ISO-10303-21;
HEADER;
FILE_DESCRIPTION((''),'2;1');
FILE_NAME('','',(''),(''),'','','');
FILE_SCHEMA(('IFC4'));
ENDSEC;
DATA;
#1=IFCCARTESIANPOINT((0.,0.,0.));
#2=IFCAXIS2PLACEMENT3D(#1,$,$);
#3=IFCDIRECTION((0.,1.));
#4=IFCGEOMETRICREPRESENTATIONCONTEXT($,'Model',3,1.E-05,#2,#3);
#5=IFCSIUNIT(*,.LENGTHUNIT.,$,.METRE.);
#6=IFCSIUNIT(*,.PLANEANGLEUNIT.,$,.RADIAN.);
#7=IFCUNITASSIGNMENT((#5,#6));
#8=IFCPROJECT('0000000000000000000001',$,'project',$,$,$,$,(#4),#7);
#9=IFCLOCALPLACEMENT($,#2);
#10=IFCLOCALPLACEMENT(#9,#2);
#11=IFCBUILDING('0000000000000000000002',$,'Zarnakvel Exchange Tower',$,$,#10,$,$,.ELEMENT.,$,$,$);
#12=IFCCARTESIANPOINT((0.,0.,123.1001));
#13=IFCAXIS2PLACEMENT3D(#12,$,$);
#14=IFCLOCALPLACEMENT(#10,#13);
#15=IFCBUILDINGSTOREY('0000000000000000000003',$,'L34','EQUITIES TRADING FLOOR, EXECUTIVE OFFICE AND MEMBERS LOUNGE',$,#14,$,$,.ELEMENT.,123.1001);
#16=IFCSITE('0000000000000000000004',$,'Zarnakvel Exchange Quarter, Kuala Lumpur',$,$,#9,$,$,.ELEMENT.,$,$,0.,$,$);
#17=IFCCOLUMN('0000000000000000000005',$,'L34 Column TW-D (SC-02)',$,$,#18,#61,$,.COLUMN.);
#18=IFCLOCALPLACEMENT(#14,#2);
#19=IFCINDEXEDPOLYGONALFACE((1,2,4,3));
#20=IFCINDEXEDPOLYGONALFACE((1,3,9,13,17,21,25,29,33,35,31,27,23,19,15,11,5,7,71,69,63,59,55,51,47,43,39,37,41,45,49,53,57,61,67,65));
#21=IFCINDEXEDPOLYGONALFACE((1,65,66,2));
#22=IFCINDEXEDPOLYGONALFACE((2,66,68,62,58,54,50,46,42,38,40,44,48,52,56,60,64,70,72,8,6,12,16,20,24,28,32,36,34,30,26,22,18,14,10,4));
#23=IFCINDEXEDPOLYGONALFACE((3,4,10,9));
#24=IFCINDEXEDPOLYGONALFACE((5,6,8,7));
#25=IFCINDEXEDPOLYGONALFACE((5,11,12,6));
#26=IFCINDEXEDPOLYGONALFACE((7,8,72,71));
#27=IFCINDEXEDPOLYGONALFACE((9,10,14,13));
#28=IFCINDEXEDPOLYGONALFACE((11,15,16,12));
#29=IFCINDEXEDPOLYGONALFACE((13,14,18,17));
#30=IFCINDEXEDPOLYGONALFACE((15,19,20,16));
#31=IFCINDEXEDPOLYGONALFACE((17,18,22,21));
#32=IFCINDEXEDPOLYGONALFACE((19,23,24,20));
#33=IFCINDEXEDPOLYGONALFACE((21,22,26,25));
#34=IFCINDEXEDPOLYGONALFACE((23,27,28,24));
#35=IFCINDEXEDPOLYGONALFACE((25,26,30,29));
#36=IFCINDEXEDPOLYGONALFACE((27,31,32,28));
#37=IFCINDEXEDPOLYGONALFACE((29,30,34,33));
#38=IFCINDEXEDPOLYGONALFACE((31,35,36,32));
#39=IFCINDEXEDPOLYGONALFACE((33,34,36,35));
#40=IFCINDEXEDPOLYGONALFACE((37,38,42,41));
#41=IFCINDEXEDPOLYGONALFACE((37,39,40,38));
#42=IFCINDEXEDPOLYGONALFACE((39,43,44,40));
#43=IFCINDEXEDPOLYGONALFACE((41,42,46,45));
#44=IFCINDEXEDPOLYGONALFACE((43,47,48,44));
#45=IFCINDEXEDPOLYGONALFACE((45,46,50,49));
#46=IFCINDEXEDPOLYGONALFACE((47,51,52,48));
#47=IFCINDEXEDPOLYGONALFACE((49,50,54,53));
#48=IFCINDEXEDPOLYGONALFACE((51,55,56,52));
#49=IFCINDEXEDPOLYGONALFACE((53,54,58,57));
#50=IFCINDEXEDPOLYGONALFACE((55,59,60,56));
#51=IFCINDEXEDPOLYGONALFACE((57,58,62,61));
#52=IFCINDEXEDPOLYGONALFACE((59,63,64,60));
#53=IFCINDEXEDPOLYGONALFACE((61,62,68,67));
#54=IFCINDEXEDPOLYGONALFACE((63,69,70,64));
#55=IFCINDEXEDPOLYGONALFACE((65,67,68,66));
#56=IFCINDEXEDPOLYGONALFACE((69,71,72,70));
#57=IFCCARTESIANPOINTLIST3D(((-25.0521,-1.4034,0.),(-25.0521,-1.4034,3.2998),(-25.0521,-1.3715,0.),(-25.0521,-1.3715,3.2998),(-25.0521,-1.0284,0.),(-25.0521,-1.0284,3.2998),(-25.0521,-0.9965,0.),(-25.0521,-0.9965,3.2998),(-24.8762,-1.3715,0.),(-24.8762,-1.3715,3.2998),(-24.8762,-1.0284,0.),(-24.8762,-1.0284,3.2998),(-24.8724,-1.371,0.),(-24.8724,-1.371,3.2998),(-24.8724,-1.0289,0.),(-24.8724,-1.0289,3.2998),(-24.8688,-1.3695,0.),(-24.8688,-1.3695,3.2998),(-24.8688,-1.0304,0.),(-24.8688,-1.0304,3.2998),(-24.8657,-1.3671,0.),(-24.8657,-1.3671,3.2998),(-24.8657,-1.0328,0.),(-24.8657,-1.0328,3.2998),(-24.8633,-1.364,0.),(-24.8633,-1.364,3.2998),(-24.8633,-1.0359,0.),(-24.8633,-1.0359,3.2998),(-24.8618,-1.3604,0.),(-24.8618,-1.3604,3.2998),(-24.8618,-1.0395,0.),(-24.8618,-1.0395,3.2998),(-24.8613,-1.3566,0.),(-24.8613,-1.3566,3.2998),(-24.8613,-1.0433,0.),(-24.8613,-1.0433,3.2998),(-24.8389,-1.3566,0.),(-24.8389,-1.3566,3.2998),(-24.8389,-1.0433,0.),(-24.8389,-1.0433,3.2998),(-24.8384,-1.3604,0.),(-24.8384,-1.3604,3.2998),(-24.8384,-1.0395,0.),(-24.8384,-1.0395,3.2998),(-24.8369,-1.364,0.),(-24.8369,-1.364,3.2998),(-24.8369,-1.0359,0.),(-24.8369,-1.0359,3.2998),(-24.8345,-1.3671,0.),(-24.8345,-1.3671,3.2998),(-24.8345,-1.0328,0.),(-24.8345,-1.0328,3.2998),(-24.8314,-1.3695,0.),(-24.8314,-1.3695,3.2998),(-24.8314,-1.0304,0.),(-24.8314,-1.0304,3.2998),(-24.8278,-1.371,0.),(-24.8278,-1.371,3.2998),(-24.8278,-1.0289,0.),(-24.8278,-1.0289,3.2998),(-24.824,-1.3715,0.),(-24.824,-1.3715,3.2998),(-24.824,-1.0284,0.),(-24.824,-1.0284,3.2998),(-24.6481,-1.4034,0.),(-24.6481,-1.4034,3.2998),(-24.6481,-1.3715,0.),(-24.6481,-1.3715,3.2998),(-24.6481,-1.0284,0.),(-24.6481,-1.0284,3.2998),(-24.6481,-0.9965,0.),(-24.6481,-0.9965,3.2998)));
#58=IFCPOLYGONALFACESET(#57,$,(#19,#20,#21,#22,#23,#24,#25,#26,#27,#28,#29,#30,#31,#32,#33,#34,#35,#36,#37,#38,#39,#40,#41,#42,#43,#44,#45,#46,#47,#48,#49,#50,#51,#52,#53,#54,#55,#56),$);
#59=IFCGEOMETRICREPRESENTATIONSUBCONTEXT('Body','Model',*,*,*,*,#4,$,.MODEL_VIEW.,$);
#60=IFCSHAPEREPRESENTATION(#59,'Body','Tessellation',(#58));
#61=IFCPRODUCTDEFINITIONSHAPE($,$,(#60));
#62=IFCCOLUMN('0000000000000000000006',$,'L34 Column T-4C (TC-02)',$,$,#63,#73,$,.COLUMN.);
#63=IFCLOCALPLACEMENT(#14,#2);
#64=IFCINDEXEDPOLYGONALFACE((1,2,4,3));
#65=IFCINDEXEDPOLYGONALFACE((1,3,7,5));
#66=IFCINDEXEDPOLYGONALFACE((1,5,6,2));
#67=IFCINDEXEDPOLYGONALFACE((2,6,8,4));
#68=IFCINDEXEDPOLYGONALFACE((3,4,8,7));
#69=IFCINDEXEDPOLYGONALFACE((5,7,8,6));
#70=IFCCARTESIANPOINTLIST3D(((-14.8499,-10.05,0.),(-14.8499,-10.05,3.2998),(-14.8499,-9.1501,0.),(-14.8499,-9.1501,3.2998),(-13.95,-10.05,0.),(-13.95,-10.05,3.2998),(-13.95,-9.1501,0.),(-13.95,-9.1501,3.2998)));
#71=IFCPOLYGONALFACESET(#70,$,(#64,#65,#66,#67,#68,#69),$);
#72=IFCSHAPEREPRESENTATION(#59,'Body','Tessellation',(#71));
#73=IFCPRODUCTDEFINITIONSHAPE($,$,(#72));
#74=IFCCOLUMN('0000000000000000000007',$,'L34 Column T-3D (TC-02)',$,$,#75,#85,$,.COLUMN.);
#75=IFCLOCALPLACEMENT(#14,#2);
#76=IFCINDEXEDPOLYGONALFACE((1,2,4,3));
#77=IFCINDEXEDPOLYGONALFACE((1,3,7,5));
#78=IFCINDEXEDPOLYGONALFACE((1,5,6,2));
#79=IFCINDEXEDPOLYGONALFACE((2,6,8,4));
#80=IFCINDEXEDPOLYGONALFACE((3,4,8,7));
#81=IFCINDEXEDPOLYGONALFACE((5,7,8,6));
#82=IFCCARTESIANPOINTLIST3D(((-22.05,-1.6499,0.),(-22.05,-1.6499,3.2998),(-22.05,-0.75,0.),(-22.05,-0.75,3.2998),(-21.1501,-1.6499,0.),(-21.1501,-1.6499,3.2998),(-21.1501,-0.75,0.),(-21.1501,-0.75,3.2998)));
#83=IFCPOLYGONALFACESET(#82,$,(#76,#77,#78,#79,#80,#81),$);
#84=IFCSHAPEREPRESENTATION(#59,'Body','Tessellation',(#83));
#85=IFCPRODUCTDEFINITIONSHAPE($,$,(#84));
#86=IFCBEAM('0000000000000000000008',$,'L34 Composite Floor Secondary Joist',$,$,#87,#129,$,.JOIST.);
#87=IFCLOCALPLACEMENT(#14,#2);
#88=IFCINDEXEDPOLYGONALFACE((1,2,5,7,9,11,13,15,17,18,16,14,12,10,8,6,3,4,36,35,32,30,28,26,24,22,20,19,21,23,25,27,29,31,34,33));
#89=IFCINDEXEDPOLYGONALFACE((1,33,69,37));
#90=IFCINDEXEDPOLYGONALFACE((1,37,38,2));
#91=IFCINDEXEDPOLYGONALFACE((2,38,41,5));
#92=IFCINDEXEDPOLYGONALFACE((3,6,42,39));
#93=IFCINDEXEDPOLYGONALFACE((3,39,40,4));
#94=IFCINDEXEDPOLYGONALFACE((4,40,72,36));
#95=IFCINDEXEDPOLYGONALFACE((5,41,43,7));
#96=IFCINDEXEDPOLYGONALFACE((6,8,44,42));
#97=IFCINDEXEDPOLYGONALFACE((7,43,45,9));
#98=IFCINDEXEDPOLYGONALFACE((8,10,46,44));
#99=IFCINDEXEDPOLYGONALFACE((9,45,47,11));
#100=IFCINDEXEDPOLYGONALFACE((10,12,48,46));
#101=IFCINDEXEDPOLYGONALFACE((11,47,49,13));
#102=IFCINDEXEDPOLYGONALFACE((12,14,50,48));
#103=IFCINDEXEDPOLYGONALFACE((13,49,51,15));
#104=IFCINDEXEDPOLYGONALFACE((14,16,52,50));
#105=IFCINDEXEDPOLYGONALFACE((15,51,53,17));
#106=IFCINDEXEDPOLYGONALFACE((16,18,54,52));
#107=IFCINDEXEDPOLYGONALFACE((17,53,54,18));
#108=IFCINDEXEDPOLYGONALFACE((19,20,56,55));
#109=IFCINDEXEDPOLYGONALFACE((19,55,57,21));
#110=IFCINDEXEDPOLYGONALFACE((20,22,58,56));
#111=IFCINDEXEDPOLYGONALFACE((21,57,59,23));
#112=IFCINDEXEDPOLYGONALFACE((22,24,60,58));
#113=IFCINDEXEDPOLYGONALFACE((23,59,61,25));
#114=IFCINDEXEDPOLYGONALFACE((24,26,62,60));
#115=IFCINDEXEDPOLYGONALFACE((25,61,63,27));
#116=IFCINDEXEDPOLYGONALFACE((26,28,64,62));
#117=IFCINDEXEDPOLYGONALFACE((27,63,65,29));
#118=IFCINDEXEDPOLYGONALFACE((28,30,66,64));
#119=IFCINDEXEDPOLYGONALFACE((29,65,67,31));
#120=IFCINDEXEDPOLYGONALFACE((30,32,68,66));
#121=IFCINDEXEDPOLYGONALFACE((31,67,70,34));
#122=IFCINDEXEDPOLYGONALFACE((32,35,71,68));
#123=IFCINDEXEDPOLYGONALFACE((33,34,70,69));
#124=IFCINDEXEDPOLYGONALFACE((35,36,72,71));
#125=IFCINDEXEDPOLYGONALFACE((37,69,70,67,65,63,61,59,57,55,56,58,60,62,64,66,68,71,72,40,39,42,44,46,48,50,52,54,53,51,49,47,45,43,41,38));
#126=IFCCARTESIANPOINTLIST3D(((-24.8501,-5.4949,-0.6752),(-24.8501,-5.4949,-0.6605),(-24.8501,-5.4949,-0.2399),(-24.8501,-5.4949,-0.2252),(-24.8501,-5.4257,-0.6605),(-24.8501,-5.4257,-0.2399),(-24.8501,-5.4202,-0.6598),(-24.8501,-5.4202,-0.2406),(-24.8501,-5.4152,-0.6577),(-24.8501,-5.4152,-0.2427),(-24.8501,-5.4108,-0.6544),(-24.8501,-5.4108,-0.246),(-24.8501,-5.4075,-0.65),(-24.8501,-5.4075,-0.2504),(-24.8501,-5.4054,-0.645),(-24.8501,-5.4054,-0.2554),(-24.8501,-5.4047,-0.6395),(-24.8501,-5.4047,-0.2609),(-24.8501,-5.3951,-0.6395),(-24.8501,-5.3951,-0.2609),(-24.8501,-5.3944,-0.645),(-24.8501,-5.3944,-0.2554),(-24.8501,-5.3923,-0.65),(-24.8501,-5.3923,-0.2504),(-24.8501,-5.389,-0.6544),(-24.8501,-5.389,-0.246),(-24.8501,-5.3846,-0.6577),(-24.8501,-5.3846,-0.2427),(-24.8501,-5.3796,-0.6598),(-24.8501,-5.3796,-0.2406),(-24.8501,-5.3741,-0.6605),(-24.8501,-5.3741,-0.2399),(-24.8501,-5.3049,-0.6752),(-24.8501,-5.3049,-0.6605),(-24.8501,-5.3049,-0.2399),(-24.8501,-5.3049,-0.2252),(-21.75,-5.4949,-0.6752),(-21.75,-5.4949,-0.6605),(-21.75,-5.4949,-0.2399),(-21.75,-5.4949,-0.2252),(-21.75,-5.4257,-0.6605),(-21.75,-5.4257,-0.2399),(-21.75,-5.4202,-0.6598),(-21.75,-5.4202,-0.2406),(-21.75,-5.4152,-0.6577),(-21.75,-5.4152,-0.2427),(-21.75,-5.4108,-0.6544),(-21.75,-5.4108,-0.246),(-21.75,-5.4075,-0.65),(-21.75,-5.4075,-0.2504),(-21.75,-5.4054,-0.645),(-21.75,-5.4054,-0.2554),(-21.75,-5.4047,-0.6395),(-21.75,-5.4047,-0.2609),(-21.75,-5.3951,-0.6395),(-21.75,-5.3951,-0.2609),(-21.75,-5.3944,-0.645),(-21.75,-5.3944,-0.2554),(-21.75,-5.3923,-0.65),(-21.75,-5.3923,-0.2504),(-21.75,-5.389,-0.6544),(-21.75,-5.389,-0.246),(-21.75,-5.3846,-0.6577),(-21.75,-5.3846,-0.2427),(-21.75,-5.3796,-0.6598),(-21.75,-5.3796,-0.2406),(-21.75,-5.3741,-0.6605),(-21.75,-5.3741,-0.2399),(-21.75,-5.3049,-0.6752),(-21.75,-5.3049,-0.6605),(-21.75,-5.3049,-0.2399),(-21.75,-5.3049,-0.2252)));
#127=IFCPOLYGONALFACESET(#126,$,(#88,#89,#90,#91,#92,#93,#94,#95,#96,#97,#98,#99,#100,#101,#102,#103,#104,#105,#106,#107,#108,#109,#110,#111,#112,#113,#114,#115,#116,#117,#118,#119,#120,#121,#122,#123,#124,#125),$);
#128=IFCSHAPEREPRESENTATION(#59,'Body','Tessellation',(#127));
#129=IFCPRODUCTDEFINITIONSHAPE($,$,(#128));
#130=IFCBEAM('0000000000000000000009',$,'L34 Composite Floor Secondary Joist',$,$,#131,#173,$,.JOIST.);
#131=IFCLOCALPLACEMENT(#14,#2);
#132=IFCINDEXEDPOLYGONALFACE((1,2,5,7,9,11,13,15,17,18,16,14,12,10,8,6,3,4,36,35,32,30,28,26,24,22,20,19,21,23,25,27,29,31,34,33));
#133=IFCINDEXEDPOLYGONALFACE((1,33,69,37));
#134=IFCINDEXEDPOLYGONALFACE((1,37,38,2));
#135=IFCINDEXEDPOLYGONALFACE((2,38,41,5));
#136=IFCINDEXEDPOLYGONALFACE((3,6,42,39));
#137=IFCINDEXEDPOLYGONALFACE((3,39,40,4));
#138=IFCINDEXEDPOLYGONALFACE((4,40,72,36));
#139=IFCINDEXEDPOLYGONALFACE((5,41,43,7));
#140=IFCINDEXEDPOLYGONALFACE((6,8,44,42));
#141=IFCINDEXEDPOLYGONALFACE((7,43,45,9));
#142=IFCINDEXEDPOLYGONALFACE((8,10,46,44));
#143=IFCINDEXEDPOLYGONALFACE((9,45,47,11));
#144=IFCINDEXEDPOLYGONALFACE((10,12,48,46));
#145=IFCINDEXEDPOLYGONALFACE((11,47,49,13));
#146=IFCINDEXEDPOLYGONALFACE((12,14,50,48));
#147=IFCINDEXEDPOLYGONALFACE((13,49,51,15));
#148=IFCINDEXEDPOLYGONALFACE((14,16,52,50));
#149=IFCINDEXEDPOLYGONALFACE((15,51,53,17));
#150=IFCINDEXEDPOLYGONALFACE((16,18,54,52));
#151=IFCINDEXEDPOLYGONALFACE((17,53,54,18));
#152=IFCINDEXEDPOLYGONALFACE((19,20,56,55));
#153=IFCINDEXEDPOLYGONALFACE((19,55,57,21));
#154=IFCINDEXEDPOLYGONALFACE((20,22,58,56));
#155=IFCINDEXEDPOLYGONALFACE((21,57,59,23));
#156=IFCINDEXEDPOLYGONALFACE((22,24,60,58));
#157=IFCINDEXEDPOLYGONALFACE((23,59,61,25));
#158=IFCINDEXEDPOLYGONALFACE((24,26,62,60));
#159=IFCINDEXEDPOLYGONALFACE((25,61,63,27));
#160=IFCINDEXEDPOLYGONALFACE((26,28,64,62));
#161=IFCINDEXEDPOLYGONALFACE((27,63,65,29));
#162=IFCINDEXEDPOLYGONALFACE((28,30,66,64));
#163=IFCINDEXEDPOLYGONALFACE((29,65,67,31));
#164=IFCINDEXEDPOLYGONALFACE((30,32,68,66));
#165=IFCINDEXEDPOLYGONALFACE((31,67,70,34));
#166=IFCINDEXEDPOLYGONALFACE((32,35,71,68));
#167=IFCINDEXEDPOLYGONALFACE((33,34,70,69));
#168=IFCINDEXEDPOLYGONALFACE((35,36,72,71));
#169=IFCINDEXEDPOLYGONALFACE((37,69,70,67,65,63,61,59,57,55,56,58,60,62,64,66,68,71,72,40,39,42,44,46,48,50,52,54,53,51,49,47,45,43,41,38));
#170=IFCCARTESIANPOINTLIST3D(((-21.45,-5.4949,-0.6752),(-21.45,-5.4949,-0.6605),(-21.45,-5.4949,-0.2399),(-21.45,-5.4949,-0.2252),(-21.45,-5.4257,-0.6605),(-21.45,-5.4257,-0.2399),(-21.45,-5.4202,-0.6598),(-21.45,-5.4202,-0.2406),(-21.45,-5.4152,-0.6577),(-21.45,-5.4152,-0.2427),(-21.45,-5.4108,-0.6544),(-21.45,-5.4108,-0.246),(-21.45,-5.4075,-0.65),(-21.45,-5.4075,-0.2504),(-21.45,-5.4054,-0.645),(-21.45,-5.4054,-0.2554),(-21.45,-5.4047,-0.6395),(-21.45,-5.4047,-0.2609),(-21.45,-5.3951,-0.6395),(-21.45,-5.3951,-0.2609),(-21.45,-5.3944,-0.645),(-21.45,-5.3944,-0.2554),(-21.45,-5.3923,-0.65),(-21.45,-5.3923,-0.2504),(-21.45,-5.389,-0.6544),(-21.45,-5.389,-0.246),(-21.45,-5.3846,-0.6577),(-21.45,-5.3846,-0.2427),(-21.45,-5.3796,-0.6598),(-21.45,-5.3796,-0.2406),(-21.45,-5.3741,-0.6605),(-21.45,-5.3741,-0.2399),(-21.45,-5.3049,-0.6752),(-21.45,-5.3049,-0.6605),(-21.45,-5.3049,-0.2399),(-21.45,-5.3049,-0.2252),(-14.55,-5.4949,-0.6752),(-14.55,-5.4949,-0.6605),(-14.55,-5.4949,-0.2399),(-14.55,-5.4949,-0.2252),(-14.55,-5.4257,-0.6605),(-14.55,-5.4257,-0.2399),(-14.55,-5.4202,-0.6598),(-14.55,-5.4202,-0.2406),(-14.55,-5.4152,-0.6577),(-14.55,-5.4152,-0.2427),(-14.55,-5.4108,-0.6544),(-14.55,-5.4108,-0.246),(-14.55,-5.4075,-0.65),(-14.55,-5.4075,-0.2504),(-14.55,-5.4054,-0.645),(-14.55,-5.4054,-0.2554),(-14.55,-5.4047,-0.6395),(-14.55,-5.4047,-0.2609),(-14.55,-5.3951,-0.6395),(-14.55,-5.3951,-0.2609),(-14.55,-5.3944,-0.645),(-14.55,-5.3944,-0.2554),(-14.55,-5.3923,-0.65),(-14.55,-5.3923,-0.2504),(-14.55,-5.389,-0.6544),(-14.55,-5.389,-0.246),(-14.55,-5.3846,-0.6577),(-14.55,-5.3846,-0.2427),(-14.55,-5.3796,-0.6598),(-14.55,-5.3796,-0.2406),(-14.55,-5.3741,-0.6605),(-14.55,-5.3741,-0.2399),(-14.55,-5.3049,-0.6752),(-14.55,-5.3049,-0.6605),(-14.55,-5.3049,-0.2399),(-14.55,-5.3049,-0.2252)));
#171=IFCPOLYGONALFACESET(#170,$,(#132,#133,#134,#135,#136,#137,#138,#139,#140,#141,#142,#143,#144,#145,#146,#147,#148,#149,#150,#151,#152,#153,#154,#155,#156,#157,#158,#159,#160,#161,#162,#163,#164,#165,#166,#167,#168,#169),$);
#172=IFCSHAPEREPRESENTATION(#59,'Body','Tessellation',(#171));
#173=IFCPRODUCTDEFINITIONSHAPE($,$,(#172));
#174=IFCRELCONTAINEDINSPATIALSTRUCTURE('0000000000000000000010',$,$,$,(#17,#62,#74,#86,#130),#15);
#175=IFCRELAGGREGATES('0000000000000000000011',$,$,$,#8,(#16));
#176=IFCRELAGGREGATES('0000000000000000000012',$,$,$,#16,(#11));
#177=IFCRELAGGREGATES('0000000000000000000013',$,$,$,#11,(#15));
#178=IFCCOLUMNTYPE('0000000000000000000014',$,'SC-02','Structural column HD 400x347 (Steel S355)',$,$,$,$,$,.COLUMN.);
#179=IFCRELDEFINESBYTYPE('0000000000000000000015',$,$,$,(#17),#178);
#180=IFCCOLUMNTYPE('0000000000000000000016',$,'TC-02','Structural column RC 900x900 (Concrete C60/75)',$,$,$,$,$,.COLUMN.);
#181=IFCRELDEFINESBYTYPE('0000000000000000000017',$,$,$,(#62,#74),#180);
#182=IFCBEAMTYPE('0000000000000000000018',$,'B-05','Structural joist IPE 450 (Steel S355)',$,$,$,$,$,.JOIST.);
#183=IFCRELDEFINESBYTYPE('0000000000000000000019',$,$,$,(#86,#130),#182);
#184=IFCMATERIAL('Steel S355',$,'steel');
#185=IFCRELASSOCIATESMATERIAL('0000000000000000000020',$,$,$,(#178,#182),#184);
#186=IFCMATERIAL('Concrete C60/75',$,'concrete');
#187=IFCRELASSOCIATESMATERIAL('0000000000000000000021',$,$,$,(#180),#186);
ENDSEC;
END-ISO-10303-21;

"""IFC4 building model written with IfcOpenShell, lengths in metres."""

from ifc_helpers import new_model, si_unit, direction, frame, origin, origin_2d, place, context, subcontext, project, spatial, rectangle, i_section, extrude, material, material_profile, profile_set, type_object, element, save


model = new_model("IFC4")

# Units and contexts
model_context = context("Model", 3, precision=1e-05, world=origin(), true_north=direction((0.0, 1.0)))
body_context = subcontext(model_context, "Body", "Model", "MODEL_VIEW")
ifc_project = project(units=[si_unit("LENGTHUNIT", "METRE"), si_unit("PLANEANGLEUNIT", "RADIAN")], contexts=[model_context])

# Site, building, storey
site_placement = place(None, origin())
site = spatial("IfcSite", under=ifc_project, at=site_placement, Name="Zarnakvel Exchange Quarter, Kuala Lumpur", CompositionType="ELEMENT", RefElevation=0.0)
building_placement = place(site_placement, origin())
building = spatial("IfcBuilding", under=site, at=building_placement, Name="Zarnakvel Exchange Tower", CompositionType="ELEMENT")
storey_placement = place(building_placement, frame((0.0, 0.0, 123.1001)))
storey = spatial("IfcBuildingStorey", under=building, at=storey_placement, Name="L34", Description="EQUITIES TRADING FLOOR, EXECUTIVE OFFICE AND MEMBERS LOUNGE", CompositionType="ELEMENT", Elevation=123.1001)

# Columns
ifc_material_1 = material(Name="Steel S355", Category="steel")
ifc_material_profile_1 = material_profile(ifc_material_1, i_section(OverallWidth=0.4041, OverallDepth=0.407, WebThickness=0.0225, FlangeThickness=0.032, FilletRadius=0.0149, at=origin_2d()))
ifc_profile_set_1 = profile_set([ifc_material_profile_1], Name="Steel S355")
column_type_1 = type_object("IfcColumnType", Name="SC-02", Description="Structural column HD 400x347 (Steel S355)", PredefinedType="COLUMN", material=ifc_profile_set_1)
column_placement = place(storey_placement, frame((-24.8501, -1.2, 0.0), z_axis=(0.0, 0.0, 1.0), x_axis=(1.0, 0.0, 0.0)))
element("IfcColumn", 1, at=column_placement, inside=storey, type_object=column_type_1, Name="L34 Column TW-D (SC-02)", PredefinedType="COLUMN", context=body_context, shape_type="SweptSolid", body=[
    extrude(i_section(OverallWidth=0.4041, OverallDepth=0.407, WebThickness=0.0225, FlangeThickness=0.032, FilletRadius=0.0149, at=origin_2d()), origin(), (0.0, 0.0, 1.0), 3.2998),
])
ifc_material_2 = material(Name="Concrete C60/75", Category="concrete")
ifc_material_profile_2 = material_profile(ifc_material_2, rectangle(XDim=0.8999, YDim=0.8999, at=origin_2d()))
ifc_profile_set_2 = profile_set([ifc_material_profile_2], Name="Concrete C60/75")
column_type_2 = type_object("IfcColumnType", Name="TC-02", Description="Structural column RC 900x900 (Concrete C60/75)", PredefinedType="COLUMN", material=ifc_profile_set_2)
for number, where, z_axis, x_axis, name in (
    (2, (-14.3999, -9.6001, 0.0), (0.0, 0.0, 1.0), (1.0, 0.0, 0.0), "L34 Column T-4C (TC-02)"),
    (3, (-21.6001, -1.2, 0.0), (0.0, 0.0, 1.0), (1.0, 0.0, 0.0), "L34 Column T-3D (TC-02)"),
):
    element("IfcColumn", number, at=place(storey_placement, frame(where, z_axis=z_axis, x_axis=x_axis)), inside=storey, type_object=column_type_2, Name=name, PredefinedType="COLUMN", context=body_context, shape_type="SweptSolid", body=[
        extrude(rectangle(XDim=0.8999, YDim=0.8999, at=origin_2d()), origin(), (0.0, 0.0, 1.0), 3.2998),
    ])

# Beams
ifc_material_profile_3 = material_profile(ifc_material_1, i_section(OverallWidth=0.1899, OverallDepth=0.45, WebThickness=0.0095, FlangeThickness=0.0146, FilletRadius=0.021, at=origin_2d()))
ifc_profile_set_3 = profile_set([ifc_material_profile_3], Name="Steel S355")
beam_type_1 = type_object("IfcBeamType", Name="B-05", Description="Structural joist IPE 450 (Steel S355)", PredefinedType="JOIST", material=ifc_profile_set_3)
beam_1_placement = place(storey_placement, frame((-24.8501, -5.3999, -0.4502), z_axis=(1.0, 0.0, 0.0), x_axis=(0.0, 1.0, 0.0)))
element("IfcBeam", 4, at=beam_1_placement, inside=storey, type_object=beam_type_1, Name="L34 Composite Floor Secondary Joist", PredefinedType="JOIST", context=body_context, shape_type="SweptSolid", body=[
    extrude(i_section(OverallWidth=0.1899, OverallDepth=0.45, WebThickness=0.0095, FlangeThickness=0.0146, FilletRadius=0.021, at=origin_2d()), origin(), (0.0, 0.0, 1.0), 3.1001),
])
beam_2_placement = place(storey_placement, frame((-21.45, -5.3999, -0.4502), z_axis=(1.0, 0.0, 0.0), x_axis=(0.0, 1.0, 0.0)))
element("IfcBeam", 5, at=beam_2_placement, inside=storey, type_object=beam_type_1, Name="L34 Composite Floor Secondary Joist", PredefinedType="JOIST", context=body_context, shape_type="SweptSolid", body=[
    extrude(i_section(OverallWidth=0.1899, OverallDepth=0.45, WebThickness=0.0095, FlangeThickness=0.0146, FilletRadius=0.021, at=origin_2d()), origin(), (0.0, 0.0, 1.0), 6.8999),
])

save(model, "model.ifc")
